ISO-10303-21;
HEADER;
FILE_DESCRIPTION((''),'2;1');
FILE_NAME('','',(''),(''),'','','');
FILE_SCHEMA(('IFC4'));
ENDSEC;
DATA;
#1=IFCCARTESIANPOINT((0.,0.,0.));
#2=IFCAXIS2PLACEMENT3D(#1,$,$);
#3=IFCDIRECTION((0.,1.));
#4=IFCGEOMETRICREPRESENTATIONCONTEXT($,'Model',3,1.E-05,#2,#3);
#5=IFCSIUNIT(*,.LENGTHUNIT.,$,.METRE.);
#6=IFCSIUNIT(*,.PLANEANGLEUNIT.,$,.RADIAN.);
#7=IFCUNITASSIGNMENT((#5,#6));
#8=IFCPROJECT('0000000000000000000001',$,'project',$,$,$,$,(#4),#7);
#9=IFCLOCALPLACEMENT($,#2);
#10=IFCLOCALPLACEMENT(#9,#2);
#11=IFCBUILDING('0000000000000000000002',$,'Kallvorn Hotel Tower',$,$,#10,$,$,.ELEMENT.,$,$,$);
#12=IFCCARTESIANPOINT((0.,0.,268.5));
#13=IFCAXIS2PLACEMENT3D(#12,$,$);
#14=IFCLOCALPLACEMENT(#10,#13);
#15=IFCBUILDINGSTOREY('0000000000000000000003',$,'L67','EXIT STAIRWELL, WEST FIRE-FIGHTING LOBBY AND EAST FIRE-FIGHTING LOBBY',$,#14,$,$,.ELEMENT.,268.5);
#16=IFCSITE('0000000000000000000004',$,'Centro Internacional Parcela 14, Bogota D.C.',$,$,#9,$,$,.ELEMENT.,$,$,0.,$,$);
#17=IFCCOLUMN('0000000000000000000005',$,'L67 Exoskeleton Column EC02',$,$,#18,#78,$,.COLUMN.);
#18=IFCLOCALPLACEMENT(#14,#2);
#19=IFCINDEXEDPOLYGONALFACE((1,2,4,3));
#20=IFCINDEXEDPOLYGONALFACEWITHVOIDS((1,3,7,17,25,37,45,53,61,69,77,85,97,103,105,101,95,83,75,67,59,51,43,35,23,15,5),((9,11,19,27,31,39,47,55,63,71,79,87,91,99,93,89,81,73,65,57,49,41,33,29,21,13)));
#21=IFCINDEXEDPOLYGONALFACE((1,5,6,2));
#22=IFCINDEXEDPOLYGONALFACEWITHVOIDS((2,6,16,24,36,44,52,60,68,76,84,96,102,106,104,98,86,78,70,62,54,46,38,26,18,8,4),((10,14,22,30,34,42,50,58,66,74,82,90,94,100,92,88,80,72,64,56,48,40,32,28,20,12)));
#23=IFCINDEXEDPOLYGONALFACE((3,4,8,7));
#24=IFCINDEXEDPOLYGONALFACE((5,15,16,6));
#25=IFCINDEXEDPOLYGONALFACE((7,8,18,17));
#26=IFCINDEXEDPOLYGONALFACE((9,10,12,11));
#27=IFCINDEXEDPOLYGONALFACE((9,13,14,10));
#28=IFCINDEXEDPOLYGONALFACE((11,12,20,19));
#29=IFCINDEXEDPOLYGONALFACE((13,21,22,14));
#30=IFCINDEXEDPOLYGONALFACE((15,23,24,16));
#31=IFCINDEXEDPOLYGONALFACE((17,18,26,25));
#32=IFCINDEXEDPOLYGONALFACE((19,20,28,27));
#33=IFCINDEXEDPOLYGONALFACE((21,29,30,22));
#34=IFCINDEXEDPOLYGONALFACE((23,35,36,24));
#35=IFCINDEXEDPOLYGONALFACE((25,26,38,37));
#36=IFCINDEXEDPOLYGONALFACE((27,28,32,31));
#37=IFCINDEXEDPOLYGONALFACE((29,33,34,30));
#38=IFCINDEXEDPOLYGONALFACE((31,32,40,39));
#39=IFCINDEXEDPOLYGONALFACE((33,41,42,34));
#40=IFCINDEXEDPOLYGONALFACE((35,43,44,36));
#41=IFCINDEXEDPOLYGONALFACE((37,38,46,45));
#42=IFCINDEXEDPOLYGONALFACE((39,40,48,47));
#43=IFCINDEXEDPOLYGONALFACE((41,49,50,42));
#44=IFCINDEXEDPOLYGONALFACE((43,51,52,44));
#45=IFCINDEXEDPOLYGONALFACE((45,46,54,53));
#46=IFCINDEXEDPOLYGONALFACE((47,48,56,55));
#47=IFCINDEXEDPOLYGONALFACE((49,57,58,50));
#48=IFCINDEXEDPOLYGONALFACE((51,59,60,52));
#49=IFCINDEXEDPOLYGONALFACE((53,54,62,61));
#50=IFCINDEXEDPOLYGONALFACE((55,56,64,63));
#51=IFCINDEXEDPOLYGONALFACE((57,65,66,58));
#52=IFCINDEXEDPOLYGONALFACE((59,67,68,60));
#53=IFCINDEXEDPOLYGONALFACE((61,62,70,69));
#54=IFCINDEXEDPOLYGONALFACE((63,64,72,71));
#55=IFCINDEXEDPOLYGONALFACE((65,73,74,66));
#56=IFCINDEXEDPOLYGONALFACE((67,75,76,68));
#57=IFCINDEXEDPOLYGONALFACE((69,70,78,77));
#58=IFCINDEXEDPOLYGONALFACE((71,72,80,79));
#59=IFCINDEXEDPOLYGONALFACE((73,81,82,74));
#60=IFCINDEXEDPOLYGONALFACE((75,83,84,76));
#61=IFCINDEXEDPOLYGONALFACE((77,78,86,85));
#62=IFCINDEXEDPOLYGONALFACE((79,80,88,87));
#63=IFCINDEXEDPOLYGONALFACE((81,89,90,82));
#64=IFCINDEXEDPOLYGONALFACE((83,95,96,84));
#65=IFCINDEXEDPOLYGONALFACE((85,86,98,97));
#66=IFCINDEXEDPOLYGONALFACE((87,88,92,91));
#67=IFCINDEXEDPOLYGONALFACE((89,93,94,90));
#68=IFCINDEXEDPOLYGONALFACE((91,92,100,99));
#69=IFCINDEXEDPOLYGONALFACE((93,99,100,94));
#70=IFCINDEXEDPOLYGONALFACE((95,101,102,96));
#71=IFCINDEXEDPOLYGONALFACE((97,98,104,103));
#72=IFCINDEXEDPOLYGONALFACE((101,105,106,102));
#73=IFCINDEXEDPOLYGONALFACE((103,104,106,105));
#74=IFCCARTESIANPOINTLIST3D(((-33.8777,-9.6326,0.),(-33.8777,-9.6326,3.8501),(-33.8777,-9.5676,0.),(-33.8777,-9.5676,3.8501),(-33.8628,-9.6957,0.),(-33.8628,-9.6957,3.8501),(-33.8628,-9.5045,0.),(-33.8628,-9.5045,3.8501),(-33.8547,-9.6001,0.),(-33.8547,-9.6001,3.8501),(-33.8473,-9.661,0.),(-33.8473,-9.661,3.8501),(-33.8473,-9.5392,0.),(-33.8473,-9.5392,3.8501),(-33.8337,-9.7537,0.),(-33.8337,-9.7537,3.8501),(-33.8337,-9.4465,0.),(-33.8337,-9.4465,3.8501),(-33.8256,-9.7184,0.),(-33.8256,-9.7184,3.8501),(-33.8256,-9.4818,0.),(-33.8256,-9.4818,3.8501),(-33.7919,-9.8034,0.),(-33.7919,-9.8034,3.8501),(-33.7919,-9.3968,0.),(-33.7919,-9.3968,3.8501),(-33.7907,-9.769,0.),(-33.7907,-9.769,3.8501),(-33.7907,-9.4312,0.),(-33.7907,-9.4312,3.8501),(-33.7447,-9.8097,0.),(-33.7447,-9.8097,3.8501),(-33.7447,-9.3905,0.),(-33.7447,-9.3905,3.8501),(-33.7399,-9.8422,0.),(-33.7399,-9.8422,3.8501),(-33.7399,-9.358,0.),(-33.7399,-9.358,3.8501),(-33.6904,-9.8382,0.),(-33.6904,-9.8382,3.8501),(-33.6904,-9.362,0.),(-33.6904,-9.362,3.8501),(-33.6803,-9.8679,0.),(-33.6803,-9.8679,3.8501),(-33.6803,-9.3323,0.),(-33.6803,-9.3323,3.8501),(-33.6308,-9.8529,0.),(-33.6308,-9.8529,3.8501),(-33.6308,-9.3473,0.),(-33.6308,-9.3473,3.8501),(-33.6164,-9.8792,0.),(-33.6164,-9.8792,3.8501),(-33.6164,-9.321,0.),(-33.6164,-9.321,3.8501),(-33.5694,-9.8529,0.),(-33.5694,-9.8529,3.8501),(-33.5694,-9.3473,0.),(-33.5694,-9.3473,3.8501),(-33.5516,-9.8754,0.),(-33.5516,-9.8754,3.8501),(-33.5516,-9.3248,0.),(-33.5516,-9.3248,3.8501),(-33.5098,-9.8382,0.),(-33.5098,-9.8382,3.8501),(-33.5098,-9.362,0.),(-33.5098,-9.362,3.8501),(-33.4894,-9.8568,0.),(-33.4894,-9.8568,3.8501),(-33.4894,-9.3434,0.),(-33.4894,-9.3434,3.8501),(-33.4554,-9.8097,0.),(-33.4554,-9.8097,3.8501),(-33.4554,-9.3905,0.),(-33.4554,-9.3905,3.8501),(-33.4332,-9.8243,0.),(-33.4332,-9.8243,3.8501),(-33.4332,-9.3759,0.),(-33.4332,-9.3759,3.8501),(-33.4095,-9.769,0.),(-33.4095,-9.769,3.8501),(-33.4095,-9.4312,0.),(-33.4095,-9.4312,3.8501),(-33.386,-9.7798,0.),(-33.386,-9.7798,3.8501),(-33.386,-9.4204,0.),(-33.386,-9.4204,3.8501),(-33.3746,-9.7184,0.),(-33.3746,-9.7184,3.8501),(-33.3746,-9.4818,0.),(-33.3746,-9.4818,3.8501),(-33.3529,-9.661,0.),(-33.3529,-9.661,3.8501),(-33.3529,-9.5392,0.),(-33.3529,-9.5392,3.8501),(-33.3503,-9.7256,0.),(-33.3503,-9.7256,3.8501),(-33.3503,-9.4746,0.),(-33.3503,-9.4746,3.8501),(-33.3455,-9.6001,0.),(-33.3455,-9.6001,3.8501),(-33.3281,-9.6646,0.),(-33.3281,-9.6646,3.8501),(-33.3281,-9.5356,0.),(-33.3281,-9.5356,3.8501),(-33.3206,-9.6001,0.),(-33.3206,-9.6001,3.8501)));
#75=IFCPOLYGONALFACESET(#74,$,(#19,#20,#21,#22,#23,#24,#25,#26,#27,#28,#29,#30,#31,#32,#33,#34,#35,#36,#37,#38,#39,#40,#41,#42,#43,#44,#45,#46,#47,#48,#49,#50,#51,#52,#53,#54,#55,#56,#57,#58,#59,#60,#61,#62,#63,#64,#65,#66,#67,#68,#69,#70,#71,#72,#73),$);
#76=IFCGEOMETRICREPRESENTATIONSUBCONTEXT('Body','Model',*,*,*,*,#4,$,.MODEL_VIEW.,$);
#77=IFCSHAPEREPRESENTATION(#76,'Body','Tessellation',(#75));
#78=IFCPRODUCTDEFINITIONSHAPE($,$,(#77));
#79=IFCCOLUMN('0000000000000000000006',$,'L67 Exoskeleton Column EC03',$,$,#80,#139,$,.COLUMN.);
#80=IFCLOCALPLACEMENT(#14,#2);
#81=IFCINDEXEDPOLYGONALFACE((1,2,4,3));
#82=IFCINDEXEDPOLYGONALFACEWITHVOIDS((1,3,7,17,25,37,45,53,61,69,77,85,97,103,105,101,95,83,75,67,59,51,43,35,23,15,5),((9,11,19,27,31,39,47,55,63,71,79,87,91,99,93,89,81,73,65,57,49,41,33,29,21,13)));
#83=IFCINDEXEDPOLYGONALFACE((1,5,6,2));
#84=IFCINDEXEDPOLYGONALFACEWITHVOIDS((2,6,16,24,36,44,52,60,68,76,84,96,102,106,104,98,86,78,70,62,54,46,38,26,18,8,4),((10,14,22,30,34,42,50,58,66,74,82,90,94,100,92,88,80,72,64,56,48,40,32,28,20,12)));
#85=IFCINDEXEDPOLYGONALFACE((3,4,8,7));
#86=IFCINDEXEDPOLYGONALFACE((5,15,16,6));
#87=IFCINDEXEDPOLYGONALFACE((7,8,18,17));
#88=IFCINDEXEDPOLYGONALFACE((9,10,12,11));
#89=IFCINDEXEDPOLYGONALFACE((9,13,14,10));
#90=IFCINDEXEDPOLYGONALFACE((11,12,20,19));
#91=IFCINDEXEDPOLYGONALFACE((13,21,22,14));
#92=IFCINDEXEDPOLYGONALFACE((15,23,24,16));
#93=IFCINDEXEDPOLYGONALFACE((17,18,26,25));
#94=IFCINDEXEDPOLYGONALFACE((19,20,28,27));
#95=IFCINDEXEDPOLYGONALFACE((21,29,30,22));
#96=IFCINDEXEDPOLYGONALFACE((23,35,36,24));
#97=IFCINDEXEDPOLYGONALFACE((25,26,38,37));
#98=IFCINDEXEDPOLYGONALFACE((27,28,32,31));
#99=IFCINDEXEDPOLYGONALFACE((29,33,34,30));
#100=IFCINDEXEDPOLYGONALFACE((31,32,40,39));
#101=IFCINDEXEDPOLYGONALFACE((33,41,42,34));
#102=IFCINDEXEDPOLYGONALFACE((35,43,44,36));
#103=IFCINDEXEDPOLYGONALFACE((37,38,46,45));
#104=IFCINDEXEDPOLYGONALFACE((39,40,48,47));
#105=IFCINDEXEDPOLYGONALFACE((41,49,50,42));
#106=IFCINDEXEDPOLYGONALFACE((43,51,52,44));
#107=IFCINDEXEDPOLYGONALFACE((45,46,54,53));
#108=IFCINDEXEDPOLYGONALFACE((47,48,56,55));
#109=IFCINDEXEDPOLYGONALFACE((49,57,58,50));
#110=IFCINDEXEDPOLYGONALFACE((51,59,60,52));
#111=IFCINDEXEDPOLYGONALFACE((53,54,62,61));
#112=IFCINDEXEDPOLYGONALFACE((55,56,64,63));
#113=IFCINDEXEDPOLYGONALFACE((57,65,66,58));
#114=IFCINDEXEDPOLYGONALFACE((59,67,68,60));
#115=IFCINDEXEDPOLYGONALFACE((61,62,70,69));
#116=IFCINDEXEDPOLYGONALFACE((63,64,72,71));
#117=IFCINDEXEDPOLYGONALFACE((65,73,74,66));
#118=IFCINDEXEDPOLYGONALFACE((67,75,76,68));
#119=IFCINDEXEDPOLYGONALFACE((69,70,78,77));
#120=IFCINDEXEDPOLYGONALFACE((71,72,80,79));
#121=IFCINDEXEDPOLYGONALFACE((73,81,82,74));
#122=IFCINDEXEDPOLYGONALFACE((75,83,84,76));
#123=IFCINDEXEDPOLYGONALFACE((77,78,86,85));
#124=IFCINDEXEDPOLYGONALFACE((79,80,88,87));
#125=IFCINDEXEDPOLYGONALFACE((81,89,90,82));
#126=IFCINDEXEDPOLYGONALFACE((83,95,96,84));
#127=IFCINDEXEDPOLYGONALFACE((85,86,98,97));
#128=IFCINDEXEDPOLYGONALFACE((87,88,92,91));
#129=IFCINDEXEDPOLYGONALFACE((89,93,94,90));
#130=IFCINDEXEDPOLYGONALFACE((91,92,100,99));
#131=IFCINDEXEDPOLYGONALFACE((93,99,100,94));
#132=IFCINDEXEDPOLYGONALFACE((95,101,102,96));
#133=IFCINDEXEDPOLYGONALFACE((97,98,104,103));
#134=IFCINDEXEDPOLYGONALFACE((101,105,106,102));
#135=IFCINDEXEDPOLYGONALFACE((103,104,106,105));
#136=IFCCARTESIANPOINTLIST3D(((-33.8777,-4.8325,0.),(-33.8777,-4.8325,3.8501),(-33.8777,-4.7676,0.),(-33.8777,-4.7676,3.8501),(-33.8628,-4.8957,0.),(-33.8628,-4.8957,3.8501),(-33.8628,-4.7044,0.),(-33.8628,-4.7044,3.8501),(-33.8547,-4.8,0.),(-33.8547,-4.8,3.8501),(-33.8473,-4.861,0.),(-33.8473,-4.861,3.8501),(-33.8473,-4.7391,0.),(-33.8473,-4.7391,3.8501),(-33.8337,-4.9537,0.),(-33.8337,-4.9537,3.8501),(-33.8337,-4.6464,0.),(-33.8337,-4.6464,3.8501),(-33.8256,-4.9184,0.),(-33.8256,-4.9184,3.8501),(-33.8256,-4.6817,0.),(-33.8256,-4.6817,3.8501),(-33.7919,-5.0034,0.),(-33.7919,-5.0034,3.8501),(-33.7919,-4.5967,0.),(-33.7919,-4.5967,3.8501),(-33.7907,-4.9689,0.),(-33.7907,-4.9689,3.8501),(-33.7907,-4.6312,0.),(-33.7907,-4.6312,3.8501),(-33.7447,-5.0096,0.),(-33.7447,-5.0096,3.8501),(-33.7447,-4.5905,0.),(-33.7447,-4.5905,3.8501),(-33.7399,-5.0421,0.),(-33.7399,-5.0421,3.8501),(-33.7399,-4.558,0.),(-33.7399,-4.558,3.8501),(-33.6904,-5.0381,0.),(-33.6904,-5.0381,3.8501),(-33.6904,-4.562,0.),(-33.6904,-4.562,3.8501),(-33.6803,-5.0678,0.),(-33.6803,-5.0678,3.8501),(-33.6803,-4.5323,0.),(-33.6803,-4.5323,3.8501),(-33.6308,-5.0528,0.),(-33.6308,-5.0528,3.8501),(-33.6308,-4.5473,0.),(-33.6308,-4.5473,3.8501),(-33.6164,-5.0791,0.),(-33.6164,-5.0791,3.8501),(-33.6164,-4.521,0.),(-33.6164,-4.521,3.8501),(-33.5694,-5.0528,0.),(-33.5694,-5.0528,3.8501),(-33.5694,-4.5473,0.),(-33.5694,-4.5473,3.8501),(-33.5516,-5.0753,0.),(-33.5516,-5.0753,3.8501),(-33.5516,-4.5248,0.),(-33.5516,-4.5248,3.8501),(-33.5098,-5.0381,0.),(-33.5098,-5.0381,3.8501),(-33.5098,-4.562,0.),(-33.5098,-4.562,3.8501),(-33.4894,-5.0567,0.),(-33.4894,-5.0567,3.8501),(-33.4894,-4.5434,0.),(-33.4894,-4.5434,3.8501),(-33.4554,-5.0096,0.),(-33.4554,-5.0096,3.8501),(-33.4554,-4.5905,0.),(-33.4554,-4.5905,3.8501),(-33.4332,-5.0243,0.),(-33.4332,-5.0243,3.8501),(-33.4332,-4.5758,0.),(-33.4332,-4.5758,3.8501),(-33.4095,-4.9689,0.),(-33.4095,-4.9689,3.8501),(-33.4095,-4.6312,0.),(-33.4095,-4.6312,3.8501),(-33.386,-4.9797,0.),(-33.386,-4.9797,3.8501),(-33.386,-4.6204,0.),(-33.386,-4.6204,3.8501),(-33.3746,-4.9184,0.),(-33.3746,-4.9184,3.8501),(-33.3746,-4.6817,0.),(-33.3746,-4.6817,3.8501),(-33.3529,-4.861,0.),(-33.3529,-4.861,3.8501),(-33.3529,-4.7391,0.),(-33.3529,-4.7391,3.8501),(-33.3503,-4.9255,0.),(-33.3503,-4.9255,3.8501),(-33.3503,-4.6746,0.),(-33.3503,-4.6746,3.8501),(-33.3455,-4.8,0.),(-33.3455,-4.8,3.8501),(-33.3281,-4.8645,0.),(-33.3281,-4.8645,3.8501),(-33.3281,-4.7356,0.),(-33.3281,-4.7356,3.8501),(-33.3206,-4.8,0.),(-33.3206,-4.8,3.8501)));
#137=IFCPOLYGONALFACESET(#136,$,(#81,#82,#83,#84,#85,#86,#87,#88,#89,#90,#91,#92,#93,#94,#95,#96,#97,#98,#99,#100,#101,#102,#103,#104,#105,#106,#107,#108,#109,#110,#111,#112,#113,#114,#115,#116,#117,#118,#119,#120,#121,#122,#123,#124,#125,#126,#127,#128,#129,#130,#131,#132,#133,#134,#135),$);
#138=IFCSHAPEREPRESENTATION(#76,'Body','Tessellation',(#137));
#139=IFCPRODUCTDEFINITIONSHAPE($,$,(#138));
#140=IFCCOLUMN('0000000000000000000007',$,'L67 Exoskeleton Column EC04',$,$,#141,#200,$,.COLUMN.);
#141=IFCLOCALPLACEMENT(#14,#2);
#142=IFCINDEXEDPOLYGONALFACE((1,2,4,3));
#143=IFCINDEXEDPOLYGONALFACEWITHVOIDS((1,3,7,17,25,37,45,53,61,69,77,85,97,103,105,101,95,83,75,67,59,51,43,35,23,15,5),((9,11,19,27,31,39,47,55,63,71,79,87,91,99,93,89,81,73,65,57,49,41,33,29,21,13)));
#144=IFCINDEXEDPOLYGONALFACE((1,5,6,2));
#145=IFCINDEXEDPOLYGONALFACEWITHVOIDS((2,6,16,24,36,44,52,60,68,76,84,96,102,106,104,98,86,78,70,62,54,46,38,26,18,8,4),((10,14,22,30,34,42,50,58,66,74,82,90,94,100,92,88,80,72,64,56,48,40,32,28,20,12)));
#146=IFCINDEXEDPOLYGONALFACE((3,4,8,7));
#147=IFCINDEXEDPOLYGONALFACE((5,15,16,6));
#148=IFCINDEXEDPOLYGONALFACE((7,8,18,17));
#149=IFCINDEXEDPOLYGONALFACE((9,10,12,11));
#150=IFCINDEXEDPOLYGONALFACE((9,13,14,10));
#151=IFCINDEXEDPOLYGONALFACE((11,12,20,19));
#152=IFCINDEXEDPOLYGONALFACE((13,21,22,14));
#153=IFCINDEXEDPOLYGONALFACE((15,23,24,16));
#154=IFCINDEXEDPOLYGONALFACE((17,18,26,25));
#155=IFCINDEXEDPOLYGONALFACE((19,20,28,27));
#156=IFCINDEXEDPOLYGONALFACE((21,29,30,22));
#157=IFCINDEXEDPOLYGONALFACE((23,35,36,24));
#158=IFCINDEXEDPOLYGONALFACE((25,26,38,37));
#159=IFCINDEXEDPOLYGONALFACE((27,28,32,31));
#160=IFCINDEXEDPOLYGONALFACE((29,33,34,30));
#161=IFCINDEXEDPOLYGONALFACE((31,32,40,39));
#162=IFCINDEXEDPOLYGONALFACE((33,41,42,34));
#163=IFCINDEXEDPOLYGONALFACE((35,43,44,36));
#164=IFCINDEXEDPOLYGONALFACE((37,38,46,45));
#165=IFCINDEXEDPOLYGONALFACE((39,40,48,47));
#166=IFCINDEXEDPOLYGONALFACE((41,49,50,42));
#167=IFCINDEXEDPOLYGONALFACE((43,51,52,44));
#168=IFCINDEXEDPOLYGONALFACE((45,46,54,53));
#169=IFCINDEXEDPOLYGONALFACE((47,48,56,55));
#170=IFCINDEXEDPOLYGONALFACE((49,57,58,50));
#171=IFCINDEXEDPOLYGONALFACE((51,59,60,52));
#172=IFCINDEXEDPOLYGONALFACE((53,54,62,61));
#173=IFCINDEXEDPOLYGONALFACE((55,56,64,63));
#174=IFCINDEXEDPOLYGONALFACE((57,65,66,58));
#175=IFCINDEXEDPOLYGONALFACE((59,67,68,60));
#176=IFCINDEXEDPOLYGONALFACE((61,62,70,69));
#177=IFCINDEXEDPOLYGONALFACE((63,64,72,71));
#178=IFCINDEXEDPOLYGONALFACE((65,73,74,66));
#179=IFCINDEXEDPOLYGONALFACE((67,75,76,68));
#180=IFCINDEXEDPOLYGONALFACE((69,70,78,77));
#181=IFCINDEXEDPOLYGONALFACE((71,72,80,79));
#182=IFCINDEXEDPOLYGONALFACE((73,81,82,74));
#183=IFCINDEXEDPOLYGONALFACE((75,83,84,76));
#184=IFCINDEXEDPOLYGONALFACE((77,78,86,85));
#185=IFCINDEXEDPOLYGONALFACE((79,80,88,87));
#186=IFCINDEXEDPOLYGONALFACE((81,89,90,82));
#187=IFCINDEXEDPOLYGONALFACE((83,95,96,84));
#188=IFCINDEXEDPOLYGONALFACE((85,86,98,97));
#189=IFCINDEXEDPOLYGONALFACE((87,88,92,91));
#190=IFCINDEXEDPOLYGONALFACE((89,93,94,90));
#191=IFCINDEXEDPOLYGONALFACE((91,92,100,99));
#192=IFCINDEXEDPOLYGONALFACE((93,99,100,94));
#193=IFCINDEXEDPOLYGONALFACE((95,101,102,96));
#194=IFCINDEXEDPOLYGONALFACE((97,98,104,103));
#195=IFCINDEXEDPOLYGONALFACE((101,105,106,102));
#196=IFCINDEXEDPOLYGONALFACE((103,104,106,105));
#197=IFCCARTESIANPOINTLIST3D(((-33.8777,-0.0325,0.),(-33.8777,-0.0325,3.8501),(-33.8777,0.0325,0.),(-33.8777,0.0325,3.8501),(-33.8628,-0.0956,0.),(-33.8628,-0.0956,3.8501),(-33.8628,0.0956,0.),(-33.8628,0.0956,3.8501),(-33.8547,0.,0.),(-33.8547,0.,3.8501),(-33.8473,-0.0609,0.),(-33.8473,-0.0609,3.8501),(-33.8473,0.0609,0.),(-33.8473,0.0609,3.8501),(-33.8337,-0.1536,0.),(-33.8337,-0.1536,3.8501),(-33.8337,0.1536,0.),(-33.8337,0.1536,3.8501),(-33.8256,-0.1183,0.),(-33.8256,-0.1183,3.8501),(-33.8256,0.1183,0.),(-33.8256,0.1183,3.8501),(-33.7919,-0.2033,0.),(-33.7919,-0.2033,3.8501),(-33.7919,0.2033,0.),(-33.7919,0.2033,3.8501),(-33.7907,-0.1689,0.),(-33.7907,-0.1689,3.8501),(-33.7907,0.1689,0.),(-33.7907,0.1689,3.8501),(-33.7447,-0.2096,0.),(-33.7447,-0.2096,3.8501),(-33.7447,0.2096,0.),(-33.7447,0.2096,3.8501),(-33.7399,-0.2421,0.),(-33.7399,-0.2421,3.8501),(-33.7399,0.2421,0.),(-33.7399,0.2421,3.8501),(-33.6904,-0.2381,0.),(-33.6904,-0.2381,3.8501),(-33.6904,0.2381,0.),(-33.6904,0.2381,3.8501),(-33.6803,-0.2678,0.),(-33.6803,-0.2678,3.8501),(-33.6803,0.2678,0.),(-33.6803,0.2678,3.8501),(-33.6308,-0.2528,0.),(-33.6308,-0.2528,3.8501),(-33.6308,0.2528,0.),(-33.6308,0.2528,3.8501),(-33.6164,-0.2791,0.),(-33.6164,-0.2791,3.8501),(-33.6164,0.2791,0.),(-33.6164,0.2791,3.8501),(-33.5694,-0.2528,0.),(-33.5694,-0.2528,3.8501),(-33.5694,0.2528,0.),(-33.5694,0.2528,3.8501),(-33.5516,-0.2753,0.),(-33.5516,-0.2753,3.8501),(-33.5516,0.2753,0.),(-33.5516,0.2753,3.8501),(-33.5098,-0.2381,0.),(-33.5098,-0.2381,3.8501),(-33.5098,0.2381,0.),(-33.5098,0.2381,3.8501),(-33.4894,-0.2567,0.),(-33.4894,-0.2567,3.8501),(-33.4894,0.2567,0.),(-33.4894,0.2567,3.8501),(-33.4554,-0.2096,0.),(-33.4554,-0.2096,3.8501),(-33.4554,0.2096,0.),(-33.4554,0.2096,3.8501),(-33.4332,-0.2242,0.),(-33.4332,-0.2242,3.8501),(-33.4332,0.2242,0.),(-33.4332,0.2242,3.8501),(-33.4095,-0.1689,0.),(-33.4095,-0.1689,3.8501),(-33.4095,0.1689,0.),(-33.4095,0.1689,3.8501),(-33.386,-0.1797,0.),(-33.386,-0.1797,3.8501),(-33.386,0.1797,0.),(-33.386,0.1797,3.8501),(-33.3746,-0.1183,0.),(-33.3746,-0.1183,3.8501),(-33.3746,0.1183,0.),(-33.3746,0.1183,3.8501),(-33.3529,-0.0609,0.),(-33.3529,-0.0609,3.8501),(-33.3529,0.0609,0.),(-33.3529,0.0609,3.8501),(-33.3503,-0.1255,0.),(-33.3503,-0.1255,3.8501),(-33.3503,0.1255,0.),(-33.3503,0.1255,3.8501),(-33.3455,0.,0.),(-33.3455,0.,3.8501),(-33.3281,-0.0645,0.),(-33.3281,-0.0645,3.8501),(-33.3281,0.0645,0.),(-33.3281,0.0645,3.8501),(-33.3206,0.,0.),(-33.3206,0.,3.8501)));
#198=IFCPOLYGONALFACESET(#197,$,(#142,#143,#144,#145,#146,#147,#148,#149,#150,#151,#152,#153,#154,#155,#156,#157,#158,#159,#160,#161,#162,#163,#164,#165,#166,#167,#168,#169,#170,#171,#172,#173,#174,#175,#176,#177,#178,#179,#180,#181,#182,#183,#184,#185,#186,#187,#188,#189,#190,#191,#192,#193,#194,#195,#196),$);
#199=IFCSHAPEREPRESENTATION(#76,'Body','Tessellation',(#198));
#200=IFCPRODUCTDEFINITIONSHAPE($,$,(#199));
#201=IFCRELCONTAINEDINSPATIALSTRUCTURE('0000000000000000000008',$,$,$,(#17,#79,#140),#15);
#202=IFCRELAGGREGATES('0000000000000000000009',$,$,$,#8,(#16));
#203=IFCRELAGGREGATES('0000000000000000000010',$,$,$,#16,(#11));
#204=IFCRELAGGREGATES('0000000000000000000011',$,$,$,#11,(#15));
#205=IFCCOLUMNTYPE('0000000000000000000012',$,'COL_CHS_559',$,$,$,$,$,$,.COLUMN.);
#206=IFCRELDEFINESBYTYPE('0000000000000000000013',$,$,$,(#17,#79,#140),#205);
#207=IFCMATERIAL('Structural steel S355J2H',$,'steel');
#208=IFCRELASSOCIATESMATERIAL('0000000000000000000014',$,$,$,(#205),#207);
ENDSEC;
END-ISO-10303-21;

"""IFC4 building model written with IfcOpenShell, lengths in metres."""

from ifc_helpers import new_model, si_unit, direction, frame, origin, origin_2d, place, context, subcontext, project, spatial, hollow_circle, extrude, material, material_profile, profile_set, type_object, element, save


model = new_model("IFC4")

# Units and contexts
model_context = context("Model", 3, precision=1e-05, world=origin(), true_north=direction((0.0, 1.0)))
body_context = subcontext(model_context, "Body", "Model", "MODEL_VIEW")
ifc_project = project(units=[si_unit("LENGTHUNIT", "METRE"), si_unit("PLANEANGLEUNIT", "RADIAN")], contexts=[model_context])

# Site, building, storey
site_placement = place(None, origin())
site = spatial("IfcSite", under=ifc_project, at=site_placement, Name="Centro Internacional Parcela 14, Bogota D.C.", CompositionType="ELEMENT", RefElevation=0.0)
building_placement = place(site_placement, origin())
building = spatial("IfcBuilding", under=site, at=building_placement, Name="Kallvorn Hotel Tower", CompositionType="ELEMENT")
storey_placement = place(building_placement, frame((0.0, 0.0, 268.5)))
storey = spatial("IfcBuildingStorey", under=building, at=storey_placement, Name="L67", Description="EXIT STAIRWELL, WEST FIRE-FIGHTING LOBBY AND EAST FIRE-FIGHTING LOBBY", CompositionType="ELEMENT", Elevation=268.5)

# Columns
ifc_material_1 = material(Name="Structural steel S355J2H", Category="steel")
ifc_material_profile_1 = material_profile(ifc_material_1, hollow_circle(Radius=0.2795, WallThickness=0.0249, at=origin_2d()), Name="CHS 559x25")
ifc_profile_set_1 = profile_set([ifc_material_profile_1], Name="Structural steel S355J2H")
column_type_1 = type_object("IfcColumnType", Name="COL_CHS_559", PredefinedType="COLUMN", material=ifc_profile_set_1)
for number, where, z_axis, x_axis, name in (
    (1, (-33.6001, -9.6001, 0.0), (0.0, 0.0, 1.0), (1.0, 0.0, 0.0), "L67 Exoskeleton Column EC02"),
    (2, (-33.6001, -4.8, 0.0), (0.0, 0.0, 1.0), (1.0, 0.0, 0.0), "L67 Exoskeleton Column EC03"),
    (3, (-33.6001, 0.0, 0.0), (0.0, 0.0, 1.0), (1.0, 0.0, 0.0), "L67 Exoskeleton Column EC04"),
):
    element("IfcColumn", number, at=place(storey_placement, frame(where, z_axis=z_axis, x_axis=x_axis)), inside=storey, type_object=column_type_1, Name=name, PredefinedType="COLUMN", context=body_context, shape_type="SweptSolid", body=[
        extrude(hollow_circle(Radius=0.2795, WallThickness=0.0249, at=origin_2d()), origin(), (0.0, 0.0, 1.0), 3.8501),
    ])

save(model, "model.ifc")
